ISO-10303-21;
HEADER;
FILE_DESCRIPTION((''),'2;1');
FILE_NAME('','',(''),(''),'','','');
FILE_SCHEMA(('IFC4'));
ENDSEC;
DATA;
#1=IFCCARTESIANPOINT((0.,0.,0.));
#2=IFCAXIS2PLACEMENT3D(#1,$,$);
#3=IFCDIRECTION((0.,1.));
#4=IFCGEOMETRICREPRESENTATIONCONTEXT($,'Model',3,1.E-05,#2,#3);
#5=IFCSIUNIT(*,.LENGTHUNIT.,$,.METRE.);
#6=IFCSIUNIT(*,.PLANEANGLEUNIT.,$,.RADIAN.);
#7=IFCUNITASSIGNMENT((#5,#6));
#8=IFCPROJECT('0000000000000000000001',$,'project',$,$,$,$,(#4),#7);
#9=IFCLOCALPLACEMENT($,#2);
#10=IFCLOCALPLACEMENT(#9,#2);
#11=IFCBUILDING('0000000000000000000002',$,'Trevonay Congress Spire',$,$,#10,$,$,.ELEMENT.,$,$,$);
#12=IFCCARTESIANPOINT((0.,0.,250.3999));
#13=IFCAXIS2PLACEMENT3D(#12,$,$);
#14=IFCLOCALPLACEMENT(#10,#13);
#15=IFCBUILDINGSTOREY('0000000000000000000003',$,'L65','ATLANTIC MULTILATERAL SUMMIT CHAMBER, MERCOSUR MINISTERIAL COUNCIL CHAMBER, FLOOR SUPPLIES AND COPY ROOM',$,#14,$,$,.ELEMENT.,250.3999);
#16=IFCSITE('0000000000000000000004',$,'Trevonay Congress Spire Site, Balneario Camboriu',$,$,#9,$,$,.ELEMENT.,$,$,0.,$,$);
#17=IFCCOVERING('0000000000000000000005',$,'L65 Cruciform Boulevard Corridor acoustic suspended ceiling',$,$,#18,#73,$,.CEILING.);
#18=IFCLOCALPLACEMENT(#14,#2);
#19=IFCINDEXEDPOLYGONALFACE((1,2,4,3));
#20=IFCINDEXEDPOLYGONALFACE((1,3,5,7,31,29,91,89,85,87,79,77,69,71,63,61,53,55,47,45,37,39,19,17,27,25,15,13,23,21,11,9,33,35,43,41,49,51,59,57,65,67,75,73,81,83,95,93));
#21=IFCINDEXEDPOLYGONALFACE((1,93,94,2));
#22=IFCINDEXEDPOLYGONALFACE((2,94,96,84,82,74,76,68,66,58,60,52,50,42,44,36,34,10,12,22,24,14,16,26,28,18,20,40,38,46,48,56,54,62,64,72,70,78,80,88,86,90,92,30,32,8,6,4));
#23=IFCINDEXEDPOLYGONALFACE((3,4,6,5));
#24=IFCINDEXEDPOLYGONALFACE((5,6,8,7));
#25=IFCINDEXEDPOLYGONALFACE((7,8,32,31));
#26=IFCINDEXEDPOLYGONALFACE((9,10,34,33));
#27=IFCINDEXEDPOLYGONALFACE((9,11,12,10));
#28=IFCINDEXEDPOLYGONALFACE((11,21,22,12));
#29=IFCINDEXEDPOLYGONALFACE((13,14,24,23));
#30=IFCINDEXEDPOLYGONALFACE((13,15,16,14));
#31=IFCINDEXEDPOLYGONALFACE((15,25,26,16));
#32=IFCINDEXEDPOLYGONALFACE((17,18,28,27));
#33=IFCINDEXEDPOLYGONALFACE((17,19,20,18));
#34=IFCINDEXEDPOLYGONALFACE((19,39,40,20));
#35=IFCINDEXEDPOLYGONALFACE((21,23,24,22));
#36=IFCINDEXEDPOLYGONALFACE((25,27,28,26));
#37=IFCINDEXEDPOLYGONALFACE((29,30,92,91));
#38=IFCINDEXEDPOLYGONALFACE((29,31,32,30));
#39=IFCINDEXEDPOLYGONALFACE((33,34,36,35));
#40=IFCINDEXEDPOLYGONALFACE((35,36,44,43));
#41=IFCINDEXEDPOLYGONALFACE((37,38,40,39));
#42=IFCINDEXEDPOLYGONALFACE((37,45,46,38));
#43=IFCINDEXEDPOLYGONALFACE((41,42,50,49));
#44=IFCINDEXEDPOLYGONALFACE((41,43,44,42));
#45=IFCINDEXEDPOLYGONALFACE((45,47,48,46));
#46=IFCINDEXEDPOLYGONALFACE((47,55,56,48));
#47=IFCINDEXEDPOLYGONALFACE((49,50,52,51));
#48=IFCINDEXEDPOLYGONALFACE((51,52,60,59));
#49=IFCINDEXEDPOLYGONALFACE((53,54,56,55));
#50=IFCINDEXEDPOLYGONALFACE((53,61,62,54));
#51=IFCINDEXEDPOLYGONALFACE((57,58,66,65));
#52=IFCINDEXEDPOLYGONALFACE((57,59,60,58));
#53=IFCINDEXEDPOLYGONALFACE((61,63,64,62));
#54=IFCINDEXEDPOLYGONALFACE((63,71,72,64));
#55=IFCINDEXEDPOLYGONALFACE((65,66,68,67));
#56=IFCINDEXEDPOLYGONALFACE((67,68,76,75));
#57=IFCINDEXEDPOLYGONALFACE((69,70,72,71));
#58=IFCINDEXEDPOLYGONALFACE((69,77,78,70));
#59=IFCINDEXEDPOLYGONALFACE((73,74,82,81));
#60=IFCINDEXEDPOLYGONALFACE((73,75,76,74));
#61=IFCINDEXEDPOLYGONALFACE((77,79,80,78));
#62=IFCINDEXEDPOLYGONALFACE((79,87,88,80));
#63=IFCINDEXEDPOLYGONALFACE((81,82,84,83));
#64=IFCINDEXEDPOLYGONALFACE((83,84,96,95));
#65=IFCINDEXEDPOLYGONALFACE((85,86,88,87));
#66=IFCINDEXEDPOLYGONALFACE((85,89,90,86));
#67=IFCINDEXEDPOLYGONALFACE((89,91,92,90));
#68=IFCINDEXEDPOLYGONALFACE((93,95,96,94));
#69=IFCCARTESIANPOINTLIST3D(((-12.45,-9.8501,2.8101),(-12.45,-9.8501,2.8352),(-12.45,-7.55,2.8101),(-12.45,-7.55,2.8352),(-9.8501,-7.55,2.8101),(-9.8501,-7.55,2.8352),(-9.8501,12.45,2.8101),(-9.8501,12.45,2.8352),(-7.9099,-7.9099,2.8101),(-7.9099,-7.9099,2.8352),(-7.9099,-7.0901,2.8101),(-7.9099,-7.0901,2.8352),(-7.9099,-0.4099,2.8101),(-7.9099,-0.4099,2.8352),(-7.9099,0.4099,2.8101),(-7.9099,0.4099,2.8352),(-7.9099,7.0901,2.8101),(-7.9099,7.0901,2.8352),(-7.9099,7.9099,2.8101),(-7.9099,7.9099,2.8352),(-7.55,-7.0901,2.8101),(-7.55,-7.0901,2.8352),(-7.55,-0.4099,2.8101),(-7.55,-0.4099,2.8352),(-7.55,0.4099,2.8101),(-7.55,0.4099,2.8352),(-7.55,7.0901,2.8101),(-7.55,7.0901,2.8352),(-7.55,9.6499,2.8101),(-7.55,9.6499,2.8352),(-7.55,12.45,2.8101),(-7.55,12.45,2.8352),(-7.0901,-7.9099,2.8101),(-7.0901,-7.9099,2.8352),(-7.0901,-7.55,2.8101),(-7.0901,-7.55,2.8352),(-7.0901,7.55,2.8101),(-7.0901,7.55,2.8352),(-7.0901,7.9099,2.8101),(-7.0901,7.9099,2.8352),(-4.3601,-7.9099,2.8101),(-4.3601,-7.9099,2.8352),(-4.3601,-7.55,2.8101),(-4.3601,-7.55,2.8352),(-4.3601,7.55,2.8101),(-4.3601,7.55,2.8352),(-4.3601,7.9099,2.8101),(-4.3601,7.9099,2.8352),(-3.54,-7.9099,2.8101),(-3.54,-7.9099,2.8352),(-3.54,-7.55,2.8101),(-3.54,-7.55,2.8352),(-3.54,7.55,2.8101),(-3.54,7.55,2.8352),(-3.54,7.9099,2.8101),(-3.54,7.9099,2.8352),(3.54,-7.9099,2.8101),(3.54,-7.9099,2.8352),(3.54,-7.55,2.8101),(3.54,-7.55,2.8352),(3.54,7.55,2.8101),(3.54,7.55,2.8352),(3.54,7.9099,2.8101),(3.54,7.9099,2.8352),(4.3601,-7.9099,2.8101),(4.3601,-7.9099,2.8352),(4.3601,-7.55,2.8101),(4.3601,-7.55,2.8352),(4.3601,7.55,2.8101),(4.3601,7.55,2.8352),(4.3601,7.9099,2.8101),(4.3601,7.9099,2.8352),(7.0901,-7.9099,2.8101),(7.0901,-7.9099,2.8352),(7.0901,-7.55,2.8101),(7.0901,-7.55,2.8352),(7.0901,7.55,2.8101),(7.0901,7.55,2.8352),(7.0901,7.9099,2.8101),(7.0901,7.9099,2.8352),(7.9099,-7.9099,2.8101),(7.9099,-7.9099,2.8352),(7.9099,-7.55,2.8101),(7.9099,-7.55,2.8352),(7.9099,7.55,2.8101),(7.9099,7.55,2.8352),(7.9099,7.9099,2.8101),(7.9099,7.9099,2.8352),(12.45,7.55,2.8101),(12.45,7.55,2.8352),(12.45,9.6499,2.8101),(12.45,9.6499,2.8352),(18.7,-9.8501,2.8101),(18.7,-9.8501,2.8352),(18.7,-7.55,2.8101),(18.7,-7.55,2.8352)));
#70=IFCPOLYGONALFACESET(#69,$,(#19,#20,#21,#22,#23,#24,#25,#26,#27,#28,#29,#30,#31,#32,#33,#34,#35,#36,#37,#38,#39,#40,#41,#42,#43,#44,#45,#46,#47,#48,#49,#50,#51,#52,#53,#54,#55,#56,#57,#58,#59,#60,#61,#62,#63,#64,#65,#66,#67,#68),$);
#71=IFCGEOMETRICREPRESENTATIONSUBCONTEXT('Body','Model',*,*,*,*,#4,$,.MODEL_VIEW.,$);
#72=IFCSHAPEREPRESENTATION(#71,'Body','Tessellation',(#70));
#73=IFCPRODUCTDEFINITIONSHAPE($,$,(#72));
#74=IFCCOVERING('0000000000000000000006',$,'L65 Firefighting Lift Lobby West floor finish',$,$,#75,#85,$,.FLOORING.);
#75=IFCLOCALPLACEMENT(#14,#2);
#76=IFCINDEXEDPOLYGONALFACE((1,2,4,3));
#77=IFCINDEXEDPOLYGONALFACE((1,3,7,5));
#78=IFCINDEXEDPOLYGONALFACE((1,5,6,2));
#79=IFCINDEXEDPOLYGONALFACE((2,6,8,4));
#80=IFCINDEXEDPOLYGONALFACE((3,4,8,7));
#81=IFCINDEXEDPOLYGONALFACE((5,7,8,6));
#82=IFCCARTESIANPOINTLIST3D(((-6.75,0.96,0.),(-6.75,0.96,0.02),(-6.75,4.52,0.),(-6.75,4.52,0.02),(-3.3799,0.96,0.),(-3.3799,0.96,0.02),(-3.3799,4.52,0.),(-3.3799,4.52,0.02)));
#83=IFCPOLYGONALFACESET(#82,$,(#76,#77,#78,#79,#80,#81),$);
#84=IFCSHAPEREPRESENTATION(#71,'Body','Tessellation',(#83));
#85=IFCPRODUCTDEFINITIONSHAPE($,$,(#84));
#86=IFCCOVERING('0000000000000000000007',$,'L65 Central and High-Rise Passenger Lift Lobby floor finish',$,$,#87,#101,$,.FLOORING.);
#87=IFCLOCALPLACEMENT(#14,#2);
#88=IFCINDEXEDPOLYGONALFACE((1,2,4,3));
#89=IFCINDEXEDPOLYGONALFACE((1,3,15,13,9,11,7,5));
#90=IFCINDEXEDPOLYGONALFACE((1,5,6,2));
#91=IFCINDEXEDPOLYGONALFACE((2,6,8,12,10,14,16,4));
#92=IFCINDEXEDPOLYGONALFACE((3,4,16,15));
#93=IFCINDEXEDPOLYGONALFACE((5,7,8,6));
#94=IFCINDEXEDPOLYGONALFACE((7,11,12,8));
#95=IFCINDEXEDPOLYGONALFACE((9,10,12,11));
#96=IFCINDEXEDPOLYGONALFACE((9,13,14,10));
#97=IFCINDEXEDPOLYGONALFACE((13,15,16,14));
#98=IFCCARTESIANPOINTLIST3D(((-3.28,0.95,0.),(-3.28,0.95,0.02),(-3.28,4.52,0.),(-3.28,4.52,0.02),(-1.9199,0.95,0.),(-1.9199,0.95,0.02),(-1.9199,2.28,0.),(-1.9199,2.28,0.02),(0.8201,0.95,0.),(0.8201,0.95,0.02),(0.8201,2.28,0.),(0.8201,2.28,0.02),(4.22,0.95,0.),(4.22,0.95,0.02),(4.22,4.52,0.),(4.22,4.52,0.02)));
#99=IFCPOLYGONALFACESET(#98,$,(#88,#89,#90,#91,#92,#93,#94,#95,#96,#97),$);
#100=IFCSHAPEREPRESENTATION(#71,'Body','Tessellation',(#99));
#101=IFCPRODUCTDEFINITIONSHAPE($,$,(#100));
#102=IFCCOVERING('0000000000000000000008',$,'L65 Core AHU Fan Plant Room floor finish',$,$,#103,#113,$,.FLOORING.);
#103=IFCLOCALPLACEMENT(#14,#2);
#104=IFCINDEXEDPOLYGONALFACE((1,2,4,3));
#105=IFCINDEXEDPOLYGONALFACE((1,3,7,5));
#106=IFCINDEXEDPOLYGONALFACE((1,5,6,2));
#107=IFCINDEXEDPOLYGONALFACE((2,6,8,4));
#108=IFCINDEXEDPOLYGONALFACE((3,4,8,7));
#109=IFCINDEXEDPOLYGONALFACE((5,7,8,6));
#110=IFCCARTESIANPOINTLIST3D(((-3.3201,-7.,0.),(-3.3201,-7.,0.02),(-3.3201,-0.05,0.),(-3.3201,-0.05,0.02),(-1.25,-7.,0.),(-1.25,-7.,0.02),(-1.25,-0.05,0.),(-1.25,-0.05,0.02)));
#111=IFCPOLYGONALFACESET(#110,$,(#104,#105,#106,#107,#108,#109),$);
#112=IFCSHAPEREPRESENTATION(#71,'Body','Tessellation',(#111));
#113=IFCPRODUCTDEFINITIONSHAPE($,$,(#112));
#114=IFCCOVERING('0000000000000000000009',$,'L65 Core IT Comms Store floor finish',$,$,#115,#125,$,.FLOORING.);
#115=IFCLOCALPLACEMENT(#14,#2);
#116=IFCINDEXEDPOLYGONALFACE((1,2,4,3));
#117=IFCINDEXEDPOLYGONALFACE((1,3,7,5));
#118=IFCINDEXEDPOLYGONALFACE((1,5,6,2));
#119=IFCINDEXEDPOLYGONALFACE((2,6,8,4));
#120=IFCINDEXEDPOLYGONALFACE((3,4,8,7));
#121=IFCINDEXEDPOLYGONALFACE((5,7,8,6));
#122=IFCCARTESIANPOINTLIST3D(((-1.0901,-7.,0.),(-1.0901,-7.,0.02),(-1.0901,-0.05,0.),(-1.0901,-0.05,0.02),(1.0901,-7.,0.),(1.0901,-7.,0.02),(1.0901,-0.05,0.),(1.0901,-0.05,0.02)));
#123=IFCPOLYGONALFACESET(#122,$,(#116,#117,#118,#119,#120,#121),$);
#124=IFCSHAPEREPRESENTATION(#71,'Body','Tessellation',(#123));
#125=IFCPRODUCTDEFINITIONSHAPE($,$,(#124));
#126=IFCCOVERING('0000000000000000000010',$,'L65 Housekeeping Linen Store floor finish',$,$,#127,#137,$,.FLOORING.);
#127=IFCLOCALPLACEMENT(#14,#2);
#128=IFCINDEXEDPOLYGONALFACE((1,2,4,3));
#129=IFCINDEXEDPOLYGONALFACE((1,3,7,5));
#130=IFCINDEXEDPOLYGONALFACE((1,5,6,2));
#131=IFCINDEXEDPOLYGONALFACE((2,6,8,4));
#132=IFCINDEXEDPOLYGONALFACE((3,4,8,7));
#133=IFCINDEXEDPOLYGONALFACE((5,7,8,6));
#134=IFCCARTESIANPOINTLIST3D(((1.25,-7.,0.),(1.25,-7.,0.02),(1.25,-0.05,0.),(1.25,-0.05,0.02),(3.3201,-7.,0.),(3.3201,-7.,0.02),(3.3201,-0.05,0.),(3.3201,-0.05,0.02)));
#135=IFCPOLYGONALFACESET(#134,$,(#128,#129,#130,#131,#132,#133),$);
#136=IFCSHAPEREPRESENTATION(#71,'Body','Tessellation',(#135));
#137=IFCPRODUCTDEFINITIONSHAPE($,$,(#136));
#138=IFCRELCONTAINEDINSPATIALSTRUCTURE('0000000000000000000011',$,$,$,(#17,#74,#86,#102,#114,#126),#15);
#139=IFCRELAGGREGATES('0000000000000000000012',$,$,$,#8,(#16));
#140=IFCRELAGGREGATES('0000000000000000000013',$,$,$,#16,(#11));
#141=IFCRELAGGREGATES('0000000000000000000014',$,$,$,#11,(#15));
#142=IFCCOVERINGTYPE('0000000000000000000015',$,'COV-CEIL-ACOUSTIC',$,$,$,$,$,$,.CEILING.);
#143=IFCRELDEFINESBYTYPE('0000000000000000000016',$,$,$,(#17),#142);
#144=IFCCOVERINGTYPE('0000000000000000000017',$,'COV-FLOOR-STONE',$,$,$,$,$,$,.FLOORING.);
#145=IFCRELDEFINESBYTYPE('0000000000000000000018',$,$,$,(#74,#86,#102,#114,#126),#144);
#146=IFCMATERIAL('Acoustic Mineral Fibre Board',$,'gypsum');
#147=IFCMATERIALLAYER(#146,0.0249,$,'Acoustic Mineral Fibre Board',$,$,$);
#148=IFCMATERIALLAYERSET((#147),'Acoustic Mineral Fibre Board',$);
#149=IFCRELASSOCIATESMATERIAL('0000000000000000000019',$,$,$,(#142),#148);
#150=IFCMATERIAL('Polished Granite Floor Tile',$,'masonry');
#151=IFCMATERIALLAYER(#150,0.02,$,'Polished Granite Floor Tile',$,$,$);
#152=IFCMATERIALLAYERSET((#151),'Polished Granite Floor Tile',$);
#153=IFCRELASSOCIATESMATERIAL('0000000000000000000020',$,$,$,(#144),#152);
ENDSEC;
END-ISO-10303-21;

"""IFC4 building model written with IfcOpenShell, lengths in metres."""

from ifc_helpers import new_model, si_unit, direction, frame, origin, place, context, subcontext, project, spatial, polyline, outline, extrude, material, layer, layer_set, type_object, element, save


model = new_model("IFC4")

# Units and contexts
model_context = context("Model", 3, precision=1e-05, world=origin(), true_north=direction((0.0, 1.0)))
body_context = subcontext(model_context, "Body", "Model", "MODEL_VIEW")
ifc_project = project(units=[si_unit("LENGTHUNIT", "METRE"), si_unit("PLANEANGLEUNIT", "RADIAN")], contexts=[model_context])

# Site, building, storey
site_placement = place(None, origin())
site = spatial("IfcSite", under=ifc_project, at=site_placement, Name="Trevonay Congress Spire Site, Balneario Camboriu", CompositionType="ELEMENT", RefElevation=0.0)
building_placement = place(site_placement, origin())
building = spatial("IfcBuilding", under=site, at=building_placement, Name="Trevonay Congress Spire", CompositionType="ELEMENT")
storey_placement = place(building_placement, frame((0.0, 0.0, 250.3999)))
storey = spatial("IfcBuildingStorey", under=building, at=storey_placement, Name="L65", Description="ATLANTIC MULTILATERAL SUMMIT CHAMBER, MERCOSUR MINISTERIAL COUNCIL CHAMBER, FLOOR SUPPLIES AND COPY ROOM", CompositionType="ELEMENT", Elevation=250.3999)

# Coverings
ifc_material_1 = material(Name="Acoustic Mineral Fibre Board", Category="gypsum")
ifc_layer_1 = layer(ifc_material_1, 0.0249, Name="Acoustic Mineral Fibre Board")
ifc_layer_set_1 = layer_set([ifc_layer_1], Name="Acoustic Mineral Fibre Board")
covering_type_1 = type_object("IfcCoveringType", Name="COV-CEIL-ACOUSTIC", PredefinedType="CEILING", material=ifc_layer_set_1)
covering_1_placement = place(storey_placement, frame((0.0, 0.0, 2.8101)))
element("IfcCovering", 1, at=covering_1_placement, inside=storey, type_object=covering_type_1, Name="L65 Cruciform Boulevard Corridor acoustic suspended ceiling", PredefinedType="CEILING", context=body_context, shape_type="SweptSolid", body=[
    extrude(outline(polyline([(18.7, -7.55), (18.7, -9.8501), (-12.45, -9.8501), (-12.45, -7.55), (-9.8501, -7.55), (-9.8501, 12.45), (-7.55, 12.45), (-7.55, 9.6499), (12.45, 9.6499), (12.45, 7.55), (7.9099, 7.55), (7.9099, 7.9099), (7.0901, 7.9099), (7.0901, 7.55), (4.3601, 7.55), (4.3601, 7.9099), (3.54, 7.9099), (3.54, 7.55), (-3.54, 7.55), (-3.54, 7.9099), (-4.3601, 7.9099), (-4.3601, 7.55), (-7.0901, 7.55), (-7.0901, 7.9099), (-7.9099, 7.9099), (-7.9099, 7.0901), (-7.55, 7.0901), (-7.55, 0.4099), (-7.9099, 0.4099), (-7.9099, -0.4099), (-7.55, -0.4099), (-7.55, -7.0901), (-7.9099, -7.0901), (-7.9099, -7.9099), (-7.0901, -7.9099), (-7.0901, -7.55), (-4.3601, -7.55), (-4.3601, -7.9099), (-3.54, -7.9099), (-3.54, -7.55), (3.54, -7.55), (3.54, -7.9099), (4.3601, -7.9099), (4.3601, -7.55), (7.0901, -7.55), (7.0901, -7.9099), (7.9099, -7.9099), (7.9099, -7.55), (18.7, -7.55)])), origin(), (0.0, 0.0, 1.0), 0.0251),
])
ifc_material_2 = material(Name="Polished Granite Floor Tile", Category="masonry")
ifc_layer_2 = layer(ifc_material_2, 0.02, Name="Polished Granite Floor Tile")
ifc_layer_set_2 = layer_set([ifc_layer_2], Name="Polished Granite Floor Tile")
covering_type_2 = type_object("IfcCoveringType", Name="COV-FLOOR-STONE", PredefinedType="FLOORING", material=ifc_layer_set_2)
covering_2_placement = place(storey_placement, origin())
element("IfcCovering", 2, at=covering_2_placement, inside=storey, type_object=covering_type_2, Name="L65 Firefighting Lift Lobby West floor finish", PredefinedType="FLOORING", context=body_context, shape_type="SweptSolid", body=[
    extrude(outline(polyline([(-6.75, 0.96), (-3.3799, 0.96), (-3.3799, 4.52), (-6.75, 4.52), (-6.75, 0.96)])), origin(), (0.0, 0.0, 1.0), 0.02),
])
covering_3_placement = place(storey_placement, origin())
element("IfcCovering", 3, at=covering_3_placement, inside=storey, type_object=covering_type_2, Name="L65 Central and High-Rise Passenger Lift Lobby floor finish", PredefinedType="FLOORING", context=body_context, shape_type="SweptSolid", body=[
    extrude(outline(polyline([(-3.28, 0.95), (-1.9199, 0.95), (-1.9199, 2.28), (0.8201, 2.28), (0.8201, 0.95), (4.22, 0.95), (4.22, 4.52), (-3.28, 4.52), (-3.28, 0.95)])), origin(), (0.0, 0.0, 1.0), 0.02),
])
covering_4_placement = place(storey_placement, origin())
element("IfcCovering", 4, at=covering_4_placement, inside=storey, type_object=covering_type_2, Name="L65 Core AHU Fan Plant Room floor finish", PredefinedType="FLOORING", context=body_context, shape_type="SweptSolid", body=[
    extrude(outline(polyline([(-3.3201, -7.0), (-1.25, -7.0), (-1.25, -0.05), (-3.3201, -0.05), (-3.3201, -7.0)])), origin(), (0.0, 0.0, 1.0), 0.02),
])
covering_5_placement = place(storey_placement, origin())
element("IfcCovering", 5, at=covering_5_placement, inside=storey, type_object=covering_type_2, Name="L65 Core IT Comms Store floor finish", PredefinedType="FLOORING", context=body_context, shape_type="SweptSolid", body=[
    extrude(outline(polyline([(-1.0901, -7.0), (1.0901, -7.0), (1.0901, -0.05), (-1.0901, -0.05), (-1.0901, -7.0)])), origin(), (0.0, 0.0, 1.0), 0.02),
])
covering_6_placement = place(storey_placement, origin())
element("IfcCovering", 6, at=covering_6_placement, inside=storey, type_object=covering_type_2, Name="L65 Housekeeping Linen Store floor finish", PredefinedType="FLOORING", context=body_context, shape_type="SweptSolid", body=[
    extrude(outline(polyline([(1.25, -7.0), (3.3201, -7.0), (3.3201, -0.05), (1.25, -0.05), (1.25, -7.0)])), origin(), (0.0, 0.0, 1.0), 0.02),
])

save(model, "model.ifc")
